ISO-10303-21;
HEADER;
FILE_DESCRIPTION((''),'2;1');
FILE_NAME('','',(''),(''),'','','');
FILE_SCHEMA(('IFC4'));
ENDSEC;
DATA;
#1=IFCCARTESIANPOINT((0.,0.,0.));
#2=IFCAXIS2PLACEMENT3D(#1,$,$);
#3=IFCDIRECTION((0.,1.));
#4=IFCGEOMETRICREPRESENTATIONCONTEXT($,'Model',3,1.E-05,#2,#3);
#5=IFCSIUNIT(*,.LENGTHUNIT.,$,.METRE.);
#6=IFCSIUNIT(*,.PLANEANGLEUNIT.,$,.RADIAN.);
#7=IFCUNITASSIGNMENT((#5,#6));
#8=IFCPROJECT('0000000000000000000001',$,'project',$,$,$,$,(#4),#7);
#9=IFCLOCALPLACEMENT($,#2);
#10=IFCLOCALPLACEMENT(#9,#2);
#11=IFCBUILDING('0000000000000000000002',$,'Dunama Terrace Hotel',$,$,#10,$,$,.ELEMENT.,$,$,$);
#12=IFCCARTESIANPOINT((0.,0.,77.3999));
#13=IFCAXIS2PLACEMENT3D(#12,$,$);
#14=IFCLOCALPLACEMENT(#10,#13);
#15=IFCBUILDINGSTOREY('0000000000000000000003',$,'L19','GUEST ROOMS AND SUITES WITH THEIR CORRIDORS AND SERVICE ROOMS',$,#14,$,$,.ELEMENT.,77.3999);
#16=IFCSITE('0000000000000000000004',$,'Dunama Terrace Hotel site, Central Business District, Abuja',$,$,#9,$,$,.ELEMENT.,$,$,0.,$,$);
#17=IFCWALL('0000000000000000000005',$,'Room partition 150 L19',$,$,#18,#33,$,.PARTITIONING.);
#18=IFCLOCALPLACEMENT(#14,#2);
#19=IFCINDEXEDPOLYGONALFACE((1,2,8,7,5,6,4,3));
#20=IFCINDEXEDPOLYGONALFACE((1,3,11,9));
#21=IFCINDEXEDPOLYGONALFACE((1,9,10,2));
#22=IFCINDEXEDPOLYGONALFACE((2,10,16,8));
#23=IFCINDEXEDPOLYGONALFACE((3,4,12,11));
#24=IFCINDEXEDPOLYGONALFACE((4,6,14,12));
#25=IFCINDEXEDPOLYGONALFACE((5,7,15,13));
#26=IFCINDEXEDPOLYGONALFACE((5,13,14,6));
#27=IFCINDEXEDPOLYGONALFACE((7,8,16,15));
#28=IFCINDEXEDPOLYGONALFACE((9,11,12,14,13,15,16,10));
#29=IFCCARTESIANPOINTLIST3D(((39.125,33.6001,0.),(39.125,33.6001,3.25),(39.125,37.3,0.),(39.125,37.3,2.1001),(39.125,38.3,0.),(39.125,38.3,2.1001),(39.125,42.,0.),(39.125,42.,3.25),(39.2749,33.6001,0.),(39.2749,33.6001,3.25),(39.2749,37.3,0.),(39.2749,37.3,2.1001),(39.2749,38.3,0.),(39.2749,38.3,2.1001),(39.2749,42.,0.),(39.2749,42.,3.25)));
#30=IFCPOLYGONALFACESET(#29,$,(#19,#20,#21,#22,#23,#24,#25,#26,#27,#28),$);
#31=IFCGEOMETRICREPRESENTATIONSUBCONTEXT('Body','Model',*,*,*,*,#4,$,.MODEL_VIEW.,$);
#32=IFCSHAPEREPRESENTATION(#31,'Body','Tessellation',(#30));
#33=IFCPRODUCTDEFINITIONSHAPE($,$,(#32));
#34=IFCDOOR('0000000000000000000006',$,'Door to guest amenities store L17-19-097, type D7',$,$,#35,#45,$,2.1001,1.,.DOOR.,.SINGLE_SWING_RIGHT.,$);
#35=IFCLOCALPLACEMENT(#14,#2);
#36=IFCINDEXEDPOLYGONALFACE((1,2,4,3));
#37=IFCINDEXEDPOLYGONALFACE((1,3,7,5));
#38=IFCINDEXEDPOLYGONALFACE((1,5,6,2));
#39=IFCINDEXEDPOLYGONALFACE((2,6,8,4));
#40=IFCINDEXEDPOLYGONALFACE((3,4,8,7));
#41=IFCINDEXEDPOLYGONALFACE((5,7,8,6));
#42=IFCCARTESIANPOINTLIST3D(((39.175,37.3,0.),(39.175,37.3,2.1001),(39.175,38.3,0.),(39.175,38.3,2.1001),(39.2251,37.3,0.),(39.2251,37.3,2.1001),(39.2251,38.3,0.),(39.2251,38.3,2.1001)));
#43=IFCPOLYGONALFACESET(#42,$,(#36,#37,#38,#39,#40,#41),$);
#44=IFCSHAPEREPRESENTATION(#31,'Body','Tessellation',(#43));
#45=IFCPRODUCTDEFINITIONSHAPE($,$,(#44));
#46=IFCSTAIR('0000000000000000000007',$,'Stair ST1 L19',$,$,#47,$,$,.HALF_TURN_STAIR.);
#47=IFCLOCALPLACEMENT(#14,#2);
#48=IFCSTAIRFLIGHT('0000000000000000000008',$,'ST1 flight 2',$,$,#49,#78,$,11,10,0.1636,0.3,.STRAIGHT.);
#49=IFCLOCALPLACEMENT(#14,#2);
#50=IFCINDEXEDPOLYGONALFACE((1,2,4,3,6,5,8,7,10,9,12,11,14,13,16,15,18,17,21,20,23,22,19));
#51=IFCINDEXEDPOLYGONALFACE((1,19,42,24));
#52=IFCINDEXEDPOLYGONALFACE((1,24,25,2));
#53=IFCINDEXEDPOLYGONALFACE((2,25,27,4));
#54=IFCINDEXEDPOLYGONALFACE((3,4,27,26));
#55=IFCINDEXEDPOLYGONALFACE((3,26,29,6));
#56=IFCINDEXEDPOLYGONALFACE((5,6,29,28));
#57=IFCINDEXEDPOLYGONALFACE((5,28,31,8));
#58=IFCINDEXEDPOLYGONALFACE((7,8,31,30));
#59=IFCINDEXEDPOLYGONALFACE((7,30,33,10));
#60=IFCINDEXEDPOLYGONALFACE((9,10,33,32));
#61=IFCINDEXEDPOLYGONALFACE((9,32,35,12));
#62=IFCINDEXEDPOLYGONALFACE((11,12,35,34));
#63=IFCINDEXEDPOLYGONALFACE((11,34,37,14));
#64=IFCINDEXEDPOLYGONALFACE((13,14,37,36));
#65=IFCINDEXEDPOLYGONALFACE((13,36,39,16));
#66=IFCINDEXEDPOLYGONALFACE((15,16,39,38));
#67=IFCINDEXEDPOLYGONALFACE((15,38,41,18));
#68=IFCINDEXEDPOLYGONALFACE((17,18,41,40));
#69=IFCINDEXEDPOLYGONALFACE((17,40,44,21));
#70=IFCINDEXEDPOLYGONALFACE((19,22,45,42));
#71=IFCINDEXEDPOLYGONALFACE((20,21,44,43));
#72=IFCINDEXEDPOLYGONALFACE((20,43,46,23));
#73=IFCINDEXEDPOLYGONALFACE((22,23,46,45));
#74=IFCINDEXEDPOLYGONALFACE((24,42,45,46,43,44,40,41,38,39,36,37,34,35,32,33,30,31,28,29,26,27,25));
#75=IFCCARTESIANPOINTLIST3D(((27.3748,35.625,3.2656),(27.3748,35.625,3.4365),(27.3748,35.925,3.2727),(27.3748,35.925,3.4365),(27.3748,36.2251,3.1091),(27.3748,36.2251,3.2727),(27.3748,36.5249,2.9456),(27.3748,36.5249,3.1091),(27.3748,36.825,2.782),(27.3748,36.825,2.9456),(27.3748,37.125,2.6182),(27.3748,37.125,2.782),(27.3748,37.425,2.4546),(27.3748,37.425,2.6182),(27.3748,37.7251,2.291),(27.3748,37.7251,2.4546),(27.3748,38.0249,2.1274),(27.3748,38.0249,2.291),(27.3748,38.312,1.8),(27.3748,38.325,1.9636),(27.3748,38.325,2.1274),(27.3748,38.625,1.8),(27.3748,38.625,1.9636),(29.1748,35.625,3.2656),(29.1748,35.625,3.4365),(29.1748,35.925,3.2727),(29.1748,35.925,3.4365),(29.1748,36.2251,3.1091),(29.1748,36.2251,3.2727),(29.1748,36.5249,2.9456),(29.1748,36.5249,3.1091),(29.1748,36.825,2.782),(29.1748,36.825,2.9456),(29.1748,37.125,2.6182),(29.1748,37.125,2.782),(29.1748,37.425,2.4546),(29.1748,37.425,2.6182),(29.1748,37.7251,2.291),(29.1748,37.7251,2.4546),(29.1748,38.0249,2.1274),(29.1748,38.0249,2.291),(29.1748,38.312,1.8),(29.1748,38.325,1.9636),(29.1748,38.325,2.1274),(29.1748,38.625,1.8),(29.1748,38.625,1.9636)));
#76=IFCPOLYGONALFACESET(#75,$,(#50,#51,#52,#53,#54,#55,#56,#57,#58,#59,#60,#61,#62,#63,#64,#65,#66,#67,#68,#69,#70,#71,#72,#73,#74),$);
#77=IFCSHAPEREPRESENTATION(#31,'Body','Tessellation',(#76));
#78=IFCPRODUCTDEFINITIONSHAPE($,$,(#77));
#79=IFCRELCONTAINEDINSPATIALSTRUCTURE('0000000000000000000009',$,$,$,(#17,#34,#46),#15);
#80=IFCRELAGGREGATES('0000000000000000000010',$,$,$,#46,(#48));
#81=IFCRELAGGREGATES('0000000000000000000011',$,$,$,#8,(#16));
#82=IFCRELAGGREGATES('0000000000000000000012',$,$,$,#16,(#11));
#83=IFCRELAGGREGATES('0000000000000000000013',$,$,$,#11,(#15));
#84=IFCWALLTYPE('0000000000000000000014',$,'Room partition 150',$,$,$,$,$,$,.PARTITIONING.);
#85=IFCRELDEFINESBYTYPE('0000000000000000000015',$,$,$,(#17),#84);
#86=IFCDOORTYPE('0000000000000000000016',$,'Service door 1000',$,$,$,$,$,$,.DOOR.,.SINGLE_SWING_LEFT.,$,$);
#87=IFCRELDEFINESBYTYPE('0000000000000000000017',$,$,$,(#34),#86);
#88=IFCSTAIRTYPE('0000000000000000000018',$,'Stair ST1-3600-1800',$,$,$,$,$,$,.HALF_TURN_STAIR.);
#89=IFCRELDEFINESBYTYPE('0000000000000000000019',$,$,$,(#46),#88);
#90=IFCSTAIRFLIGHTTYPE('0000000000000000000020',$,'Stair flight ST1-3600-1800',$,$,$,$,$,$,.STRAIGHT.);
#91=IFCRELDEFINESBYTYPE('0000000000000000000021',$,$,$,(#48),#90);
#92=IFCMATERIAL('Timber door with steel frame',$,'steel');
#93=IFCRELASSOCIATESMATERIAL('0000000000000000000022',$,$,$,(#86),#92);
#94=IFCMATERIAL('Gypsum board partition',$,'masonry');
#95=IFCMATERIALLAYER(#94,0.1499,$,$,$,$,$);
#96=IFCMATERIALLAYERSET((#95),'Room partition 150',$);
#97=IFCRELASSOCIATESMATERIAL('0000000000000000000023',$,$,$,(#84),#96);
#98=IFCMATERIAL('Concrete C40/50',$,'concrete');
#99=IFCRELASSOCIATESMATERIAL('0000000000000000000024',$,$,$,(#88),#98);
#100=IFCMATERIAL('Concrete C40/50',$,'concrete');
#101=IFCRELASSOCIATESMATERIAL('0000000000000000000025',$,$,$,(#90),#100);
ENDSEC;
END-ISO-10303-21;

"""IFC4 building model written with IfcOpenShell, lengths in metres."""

from ifc_helpers import new_model, si_unit, direction, frame, frame_2d, origin, place, context, subcontext, project, spatial, polyline, rectangle, outline, extrude, material, layer, layer_set, type_object, element, fill, aggregate, save


model = new_model("IFC4")

# Units and contexts
model_context = context("Model", 3, precision=1e-05, world=origin(), true_north=direction((0.0, 1.0)))
body_context = subcontext(model_context, "Body", "Model", "MODEL_VIEW")
ifc_project = project(units=[si_unit("LENGTHUNIT", "METRE"), si_unit("PLANEANGLEUNIT", "RADIAN")], contexts=[model_context])

# Site, building, storey
site_placement = place(None, origin())
site = spatial("IfcSite", under=ifc_project, at=site_placement, Name="Dunama Terrace Hotel site, Central Business District, Abuja", CompositionType="ELEMENT", RefElevation=0.0)
building_placement = place(site_placement, origin())
building = spatial("IfcBuilding", under=site, at=building_placement, Name="Dunama Terrace Hotel", CompositionType="ELEMENT")
storey_placement = place(building_placement, frame((0.0, 0.0, 77.3999)))
storey = spatial("IfcBuildingStorey", under=building, at=storey_placement, Name="L19", Description="GUEST ROOMS AND SUITES WITH THEIR CORRIDORS AND SERVICE ROOMS", CompositionType="ELEMENT", Elevation=77.3999)

# Shared definitions
ifc_material_1 = material(Name="Timber door with steel frame", Category="steel")
door_type_1 = type_object("IfcDoorType", Name="Service door 1000", OperationType="SINGLE_SWING_LEFT", PredefinedType="DOOR", material=ifc_material_1)

# Wall, opening, door
ifc_material_2 = material(Name="Gypsum board partition", Category="masonry")
ifc_layer_1 = layer(ifc_material_2, 0.1499)
ifc_layer_set_1 = layer_set([ifc_layer_1], Name="Room partition 150")
wall_type_1 = type_object("IfcWallType", Name="Room partition 150", PredefinedType="PARTITIONING", material=ifc_layer_set_1)
wall_1_placement = place(storey_placement, frame((39.2, 33.6001, 0.0), z_axis=(0.0, 0.0, 1.0), x_axis=(0.0, 1.0, 0.0)))
wall_1 = element("IfcWall", 1, at=wall_1_placement, inside=storey, type_object=wall_type_1, Name="Room partition 150 L19", PredefinedType="PARTITIONING", context=body_context, shape_type="SweptSolid", body=[
    extrude(rectangle(XDim=8.3999, YDim=0.1499, at=frame_2d((4.2, 0.0))), origin(), (0.0, 0.0, 1.0), 3.25),
])
opening_1_placement = place(wall_1_placement, frame((3.7, 0.0, 0.0)))
opening_1 = element("IfcOpeningElement", 2, at=opening_1_placement, cuts=wall_1, PredefinedType="OPENING", context=body_context, shape_type="SweptSolid", body=[
    extrude(rectangle(XDim=1.0, YDim=2.1001, at=frame_2d((0.5, 1.05))), frame((0.0, 0.085, 0.0), z_axis=(0.0, -1.0, 0.0), x_axis=(1.0, 0.0, 0.0)), (0.0, 0.0, 1.0), 0.1699),
])
door_1_placement = place(opening_1_placement, frame((1.0, 0.0, 0.0), z_axis=(0.0, 0.0, 1.0), x_axis=(-1.0, 0.0, 0.0)))
door_1 = element("IfcDoor", 3, at=door_1_placement, inside=storey, type_object=door_type_1, Name="Door to guest amenities store L17-19-097, type D7", OperationType="SINGLE_SWING_RIGHT", OverallHeight=2.1001, OverallWidth=1.0, PredefinedType="DOOR", context=body_context, shape_type="SweptSolid", body=[
    extrude(rectangle(XDim=1.0, YDim=2.1001, at=frame_2d((0.5, 1.05))), frame((0.0, 0.0251, 0.0), z_axis=(0.0, -1.0, 0.0), x_axis=(1.0, 0.0, 0.0)), (0.0, 0.0, 1.0), 0.05),
])
fill(opening_1, door_1)

# Stair, stair flight
ifc_material_3 = material(Name="Concrete C40/50", Category="concrete")
stair_type = type_object("IfcStairType", Name="Stair ST1-3600-1800", PredefinedType="HALF_TURN_STAIR", material=ifc_material_3)
stair_placement = place(storey_placement, origin())
stair = element("IfcStair", 4, at=stair_placement, inside=storey, type_object=stair_type, Name="Stair ST1 L19", PredefinedType="HALF_TURN_STAIR")
ifc_material_4 = material(Name="Concrete C40/50", Category="concrete")
stair_flight_type = type_object("IfcStairFlightType", Name="Stair flight ST1-3600-1800", PredefinedType="STRAIGHT", material=ifc_material_4)
stair_flight_placement = place(storey_placement, frame((28.2749, 38.625, 1.8), z_axis=(0.0, 0.0, 1.0), x_axis=(0.0, -1.0, 0.0)))
stair_flight = element("IfcStairFlight", 5, at=stair_flight_placement, type_object=stair_flight_type, Name="ST1 flight 2", NumberOfRisers=11, NumberOfTreads=10, PredefinedType="STRAIGHT", RiserHeight=0.1636, TreadLength=0.3, context=body_context, shape_type="SweptSolid", body=[
    extrude(outline(polyline([(0.0, 0.0), (0.0, 0.1636), (0.3, 0.1636), (0.3, 0.3274), (0.6001, 0.3274), (0.6001, 0.491), (0.8999, 0.491), (0.8999, 0.6545), (1.2, 0.6545), (1.2, 0.8181), (1.5, 0.8181), (1.5, 0.9819), (1.8, 0.9819), (1.8, 1.1455), (2.1001, 1.1455), (2.1001, 1.3091), (2.3999, 1.3091), (2.3999, 1.4727), (2.7, 1.4727), (2.7, 1.6365), (3.0, 1.6365), (3.0, 1.8), (3.0, 1.4656), (0.313, 0.0), (0.0, 0.0)])), frame((0.0, 0.8999, 0.0), z_axis=(0.0, -1.0, 0.0), x_axis=(1.0, 0.0, 0.0)), (0.0, 0.0, 1.0), 1.8),
])
aggregate(stair, [stair_flight])

save(model, "model.ifc")
